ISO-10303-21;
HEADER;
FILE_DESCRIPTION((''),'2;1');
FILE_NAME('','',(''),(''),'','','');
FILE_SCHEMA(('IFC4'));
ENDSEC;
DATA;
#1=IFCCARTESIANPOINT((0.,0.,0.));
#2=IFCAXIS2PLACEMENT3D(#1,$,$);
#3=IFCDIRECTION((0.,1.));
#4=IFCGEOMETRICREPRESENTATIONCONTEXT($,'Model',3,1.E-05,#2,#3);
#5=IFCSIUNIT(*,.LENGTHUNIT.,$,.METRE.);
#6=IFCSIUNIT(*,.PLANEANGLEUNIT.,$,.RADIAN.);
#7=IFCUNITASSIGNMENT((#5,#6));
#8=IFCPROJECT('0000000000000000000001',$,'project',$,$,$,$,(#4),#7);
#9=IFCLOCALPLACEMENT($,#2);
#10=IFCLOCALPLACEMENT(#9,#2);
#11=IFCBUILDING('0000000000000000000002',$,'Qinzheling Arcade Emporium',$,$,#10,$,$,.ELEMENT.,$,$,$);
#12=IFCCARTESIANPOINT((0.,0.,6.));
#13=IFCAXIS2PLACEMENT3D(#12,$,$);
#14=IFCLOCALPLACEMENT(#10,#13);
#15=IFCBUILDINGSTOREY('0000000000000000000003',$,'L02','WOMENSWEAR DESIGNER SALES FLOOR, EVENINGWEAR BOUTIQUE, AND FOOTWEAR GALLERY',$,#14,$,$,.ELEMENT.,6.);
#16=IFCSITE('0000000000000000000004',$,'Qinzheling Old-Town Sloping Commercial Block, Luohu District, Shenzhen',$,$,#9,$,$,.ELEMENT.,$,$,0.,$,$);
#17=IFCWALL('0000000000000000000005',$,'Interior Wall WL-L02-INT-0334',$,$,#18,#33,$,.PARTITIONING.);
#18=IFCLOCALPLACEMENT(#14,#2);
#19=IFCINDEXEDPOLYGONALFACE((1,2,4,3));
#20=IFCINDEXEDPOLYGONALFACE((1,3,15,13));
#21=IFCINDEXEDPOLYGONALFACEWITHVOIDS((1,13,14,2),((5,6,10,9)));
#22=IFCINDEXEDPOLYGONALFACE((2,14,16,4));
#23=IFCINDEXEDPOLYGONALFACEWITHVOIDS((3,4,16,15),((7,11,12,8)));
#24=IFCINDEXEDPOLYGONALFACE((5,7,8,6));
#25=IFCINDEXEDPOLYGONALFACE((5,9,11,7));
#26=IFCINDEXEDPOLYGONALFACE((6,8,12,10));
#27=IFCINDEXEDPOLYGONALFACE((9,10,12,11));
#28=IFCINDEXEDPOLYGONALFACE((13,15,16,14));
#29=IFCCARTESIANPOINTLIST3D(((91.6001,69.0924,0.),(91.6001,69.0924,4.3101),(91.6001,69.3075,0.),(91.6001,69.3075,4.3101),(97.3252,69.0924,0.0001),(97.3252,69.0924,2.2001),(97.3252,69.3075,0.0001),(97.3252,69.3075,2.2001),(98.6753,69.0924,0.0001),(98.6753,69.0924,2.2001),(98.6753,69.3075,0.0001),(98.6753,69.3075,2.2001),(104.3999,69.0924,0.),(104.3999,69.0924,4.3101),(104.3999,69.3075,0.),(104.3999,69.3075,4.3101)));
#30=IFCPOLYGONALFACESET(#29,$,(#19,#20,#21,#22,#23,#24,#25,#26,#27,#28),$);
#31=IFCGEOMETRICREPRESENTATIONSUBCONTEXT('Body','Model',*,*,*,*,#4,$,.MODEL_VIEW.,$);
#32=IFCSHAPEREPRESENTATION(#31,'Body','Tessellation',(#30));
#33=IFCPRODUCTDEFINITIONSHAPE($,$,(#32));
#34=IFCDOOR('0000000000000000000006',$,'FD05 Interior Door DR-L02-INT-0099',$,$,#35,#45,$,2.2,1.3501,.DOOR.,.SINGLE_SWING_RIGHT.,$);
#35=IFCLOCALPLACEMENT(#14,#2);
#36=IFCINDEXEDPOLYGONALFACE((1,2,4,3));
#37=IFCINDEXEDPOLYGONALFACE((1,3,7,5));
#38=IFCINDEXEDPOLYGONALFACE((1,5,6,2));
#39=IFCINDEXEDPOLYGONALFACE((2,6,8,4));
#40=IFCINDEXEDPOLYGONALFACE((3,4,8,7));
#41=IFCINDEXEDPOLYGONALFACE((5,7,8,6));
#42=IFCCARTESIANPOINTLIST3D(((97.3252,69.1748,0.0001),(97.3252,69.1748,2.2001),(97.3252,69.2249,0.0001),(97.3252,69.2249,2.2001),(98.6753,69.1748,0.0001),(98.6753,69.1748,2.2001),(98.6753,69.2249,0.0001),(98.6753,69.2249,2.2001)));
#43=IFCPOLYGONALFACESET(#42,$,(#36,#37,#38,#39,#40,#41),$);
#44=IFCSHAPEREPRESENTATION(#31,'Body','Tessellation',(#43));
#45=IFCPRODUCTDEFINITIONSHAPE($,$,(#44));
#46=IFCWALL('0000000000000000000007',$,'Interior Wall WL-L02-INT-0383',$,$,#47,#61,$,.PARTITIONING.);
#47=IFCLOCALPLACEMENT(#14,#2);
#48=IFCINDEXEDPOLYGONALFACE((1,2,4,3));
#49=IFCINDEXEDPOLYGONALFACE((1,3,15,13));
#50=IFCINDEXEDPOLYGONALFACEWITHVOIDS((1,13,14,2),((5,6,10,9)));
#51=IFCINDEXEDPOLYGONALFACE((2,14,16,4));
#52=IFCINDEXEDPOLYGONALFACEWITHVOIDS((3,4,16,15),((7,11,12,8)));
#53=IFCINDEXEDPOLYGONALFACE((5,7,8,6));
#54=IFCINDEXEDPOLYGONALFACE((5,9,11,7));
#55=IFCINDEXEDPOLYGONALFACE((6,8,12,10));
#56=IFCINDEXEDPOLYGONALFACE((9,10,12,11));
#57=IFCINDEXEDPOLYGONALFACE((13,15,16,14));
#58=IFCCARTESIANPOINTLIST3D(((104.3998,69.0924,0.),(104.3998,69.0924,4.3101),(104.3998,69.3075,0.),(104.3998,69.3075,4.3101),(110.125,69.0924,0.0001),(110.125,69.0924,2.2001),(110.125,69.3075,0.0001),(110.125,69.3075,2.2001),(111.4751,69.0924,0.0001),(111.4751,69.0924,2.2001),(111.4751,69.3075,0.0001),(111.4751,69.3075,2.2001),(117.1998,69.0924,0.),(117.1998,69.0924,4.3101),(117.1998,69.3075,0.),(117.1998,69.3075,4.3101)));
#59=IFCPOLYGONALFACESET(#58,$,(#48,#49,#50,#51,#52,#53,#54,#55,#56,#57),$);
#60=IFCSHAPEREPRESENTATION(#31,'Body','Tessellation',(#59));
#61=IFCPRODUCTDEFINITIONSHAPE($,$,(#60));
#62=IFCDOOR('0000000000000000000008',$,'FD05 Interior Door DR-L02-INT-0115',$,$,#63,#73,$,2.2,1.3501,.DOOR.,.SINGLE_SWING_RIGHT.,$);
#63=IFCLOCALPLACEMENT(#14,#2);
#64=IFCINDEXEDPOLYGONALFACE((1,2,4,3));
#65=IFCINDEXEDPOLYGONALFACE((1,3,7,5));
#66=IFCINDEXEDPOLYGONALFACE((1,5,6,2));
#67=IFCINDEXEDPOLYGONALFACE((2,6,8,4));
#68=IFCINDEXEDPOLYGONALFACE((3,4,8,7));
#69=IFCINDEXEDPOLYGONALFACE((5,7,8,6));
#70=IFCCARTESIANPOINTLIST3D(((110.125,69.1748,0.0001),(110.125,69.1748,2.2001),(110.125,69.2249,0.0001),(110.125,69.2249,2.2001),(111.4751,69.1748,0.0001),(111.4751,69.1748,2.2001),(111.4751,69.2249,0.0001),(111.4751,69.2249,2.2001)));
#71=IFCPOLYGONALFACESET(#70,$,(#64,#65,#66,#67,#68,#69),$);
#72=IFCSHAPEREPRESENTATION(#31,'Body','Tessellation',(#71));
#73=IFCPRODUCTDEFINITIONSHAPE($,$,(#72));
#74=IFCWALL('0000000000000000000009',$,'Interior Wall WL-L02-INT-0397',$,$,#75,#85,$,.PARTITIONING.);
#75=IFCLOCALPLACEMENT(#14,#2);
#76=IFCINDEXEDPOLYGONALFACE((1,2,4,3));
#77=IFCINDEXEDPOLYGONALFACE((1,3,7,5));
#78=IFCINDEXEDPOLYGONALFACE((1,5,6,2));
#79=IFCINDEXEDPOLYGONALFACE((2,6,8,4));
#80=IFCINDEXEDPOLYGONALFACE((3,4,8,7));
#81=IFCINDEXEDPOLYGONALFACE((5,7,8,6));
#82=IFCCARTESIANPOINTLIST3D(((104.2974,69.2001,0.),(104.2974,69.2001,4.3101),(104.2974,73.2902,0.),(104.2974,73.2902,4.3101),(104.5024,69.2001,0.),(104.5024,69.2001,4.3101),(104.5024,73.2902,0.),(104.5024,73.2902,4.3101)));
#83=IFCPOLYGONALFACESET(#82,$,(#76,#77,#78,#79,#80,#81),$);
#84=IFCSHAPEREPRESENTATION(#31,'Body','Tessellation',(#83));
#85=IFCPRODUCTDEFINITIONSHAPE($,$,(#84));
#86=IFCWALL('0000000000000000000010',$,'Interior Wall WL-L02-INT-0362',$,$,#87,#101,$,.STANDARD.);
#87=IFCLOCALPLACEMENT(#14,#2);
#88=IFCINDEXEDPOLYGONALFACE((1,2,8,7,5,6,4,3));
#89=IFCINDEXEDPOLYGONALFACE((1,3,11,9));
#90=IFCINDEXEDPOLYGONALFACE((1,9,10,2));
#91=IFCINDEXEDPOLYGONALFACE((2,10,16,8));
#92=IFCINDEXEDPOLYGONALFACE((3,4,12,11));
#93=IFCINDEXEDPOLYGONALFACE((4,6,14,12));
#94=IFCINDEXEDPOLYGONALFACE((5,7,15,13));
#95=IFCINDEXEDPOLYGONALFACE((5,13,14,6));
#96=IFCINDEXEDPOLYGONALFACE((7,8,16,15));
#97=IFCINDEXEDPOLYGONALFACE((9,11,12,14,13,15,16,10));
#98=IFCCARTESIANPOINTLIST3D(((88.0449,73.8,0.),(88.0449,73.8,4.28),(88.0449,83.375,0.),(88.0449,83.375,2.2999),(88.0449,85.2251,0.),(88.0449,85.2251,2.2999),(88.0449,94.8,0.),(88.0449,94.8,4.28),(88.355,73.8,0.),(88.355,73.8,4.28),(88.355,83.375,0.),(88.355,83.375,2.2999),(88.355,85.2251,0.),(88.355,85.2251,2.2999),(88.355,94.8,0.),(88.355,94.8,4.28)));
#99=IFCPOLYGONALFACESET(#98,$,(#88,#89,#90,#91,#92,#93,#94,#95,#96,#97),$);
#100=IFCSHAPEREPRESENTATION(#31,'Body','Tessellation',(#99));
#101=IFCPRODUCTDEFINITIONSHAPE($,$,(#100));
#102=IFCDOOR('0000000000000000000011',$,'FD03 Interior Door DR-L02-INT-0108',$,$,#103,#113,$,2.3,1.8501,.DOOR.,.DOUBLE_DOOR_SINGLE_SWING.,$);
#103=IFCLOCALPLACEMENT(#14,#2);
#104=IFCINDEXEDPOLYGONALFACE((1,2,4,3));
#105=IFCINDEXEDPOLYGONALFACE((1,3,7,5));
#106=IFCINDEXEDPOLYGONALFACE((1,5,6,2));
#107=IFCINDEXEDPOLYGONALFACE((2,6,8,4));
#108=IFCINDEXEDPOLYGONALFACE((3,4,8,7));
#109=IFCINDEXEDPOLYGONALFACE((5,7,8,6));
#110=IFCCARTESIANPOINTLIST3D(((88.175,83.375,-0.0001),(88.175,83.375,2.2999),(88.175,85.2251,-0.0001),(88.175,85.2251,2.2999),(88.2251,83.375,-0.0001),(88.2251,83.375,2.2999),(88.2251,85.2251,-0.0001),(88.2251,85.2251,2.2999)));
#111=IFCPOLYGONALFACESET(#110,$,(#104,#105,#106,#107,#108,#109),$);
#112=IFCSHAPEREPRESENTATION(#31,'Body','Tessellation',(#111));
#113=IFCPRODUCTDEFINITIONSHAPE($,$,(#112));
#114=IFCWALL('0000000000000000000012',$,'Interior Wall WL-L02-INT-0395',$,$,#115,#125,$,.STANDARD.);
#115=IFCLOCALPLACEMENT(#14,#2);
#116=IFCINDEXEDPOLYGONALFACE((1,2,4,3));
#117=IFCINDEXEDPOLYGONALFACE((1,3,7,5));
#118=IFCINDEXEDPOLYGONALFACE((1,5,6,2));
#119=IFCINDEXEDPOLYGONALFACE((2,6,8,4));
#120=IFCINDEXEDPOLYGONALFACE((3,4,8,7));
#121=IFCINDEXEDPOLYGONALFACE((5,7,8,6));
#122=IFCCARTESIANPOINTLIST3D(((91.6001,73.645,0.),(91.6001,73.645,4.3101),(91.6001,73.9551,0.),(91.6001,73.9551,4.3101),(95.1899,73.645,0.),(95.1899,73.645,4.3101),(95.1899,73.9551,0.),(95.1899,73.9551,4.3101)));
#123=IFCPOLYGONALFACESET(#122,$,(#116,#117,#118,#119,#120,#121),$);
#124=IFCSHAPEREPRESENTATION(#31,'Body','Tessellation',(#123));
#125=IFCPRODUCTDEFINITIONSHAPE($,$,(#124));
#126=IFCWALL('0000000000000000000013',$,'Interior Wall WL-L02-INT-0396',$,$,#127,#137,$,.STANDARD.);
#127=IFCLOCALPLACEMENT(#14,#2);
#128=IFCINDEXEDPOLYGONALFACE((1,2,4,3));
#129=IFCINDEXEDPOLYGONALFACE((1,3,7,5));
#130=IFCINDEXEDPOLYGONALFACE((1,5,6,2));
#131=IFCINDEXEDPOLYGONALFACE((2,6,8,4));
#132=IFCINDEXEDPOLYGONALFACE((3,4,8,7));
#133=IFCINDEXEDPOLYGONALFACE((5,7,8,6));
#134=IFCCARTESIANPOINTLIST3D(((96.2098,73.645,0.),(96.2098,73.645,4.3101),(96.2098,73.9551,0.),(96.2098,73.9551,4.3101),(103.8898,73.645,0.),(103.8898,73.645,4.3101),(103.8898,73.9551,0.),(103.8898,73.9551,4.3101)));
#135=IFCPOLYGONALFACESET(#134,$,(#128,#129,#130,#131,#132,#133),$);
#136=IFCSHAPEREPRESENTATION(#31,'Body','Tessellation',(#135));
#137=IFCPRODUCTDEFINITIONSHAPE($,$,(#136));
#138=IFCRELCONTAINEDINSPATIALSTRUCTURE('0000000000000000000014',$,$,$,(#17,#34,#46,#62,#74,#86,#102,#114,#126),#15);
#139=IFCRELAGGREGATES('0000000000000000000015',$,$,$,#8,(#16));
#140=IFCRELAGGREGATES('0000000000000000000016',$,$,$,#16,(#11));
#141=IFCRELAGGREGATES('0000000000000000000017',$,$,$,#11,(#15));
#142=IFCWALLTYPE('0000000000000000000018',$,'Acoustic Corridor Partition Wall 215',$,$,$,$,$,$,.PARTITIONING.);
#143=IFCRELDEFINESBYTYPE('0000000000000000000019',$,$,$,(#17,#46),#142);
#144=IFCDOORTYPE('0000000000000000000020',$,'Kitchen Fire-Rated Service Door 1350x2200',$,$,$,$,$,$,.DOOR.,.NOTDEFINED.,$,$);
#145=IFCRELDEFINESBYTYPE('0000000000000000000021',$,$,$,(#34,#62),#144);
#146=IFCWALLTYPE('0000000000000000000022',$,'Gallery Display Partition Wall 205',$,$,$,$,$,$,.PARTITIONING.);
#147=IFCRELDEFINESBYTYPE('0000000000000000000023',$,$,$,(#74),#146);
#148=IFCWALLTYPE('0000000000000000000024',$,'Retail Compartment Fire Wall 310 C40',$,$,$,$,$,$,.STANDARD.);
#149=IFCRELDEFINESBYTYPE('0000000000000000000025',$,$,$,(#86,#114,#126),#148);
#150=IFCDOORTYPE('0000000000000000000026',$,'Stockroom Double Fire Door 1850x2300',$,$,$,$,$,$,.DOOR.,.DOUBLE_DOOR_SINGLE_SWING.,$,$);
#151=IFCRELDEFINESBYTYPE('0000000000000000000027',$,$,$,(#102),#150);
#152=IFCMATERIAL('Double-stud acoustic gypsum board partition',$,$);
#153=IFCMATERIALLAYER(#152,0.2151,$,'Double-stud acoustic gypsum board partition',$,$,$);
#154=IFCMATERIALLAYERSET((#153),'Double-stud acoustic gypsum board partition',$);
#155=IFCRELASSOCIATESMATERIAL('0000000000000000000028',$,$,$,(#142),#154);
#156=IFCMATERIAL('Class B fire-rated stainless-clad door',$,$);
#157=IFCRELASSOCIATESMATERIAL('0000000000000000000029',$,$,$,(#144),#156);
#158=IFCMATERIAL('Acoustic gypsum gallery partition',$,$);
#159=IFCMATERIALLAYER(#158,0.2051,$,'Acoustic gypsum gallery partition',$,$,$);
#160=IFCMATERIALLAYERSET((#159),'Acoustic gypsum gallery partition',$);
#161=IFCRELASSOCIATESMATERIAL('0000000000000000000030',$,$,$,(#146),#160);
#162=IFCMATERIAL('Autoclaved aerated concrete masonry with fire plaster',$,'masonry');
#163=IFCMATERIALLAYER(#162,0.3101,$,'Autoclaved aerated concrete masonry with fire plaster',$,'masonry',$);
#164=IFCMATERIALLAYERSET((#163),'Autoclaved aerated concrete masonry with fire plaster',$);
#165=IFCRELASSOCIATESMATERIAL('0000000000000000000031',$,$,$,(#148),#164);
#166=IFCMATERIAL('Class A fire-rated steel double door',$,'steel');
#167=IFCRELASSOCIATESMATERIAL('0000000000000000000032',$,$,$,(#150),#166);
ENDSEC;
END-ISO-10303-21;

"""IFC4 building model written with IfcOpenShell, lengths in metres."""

from ifc_helpers import new_model, si_unit, direction, frame, frame_2d, origin, place, context, subcontext, project, spatial, rectangle, extrude, material, layer, layer_set, type_object, element, fill, save


model = new_model("IFC4")

# Units and contexts
model_context = context("Model", 3, precision=1e-05, world=origin(), true_north=direction((0.0, 1.0)))
body_context = subcontext(model_context, "Body", "Model", "MODEL_VIEW")
ifc_project = project(units=[si_unit("LENGTHUNIT", "METRE"), si_unit("PLANEANGLEUNIT", "RADIAN")], contexts=[model_context])

# Site, building, storey
site_placement = place(None, origin())
site = spatial("IfcSite", under=ifc_project, at=site_placement, Name="Qinzheling Old-Town Sloping Commercial Block, Luohu District, Shenzhen", CompositionType="ELEMENT", RefElevation=0.0)
building_placement = place(site_placement, origin())
building = spatial("IfcBuilding", under=site, at=building_placement, Name="Qinzheling Arcade Emporium", CompositionType="ELEMENT")
storey_placement = place(building_placement, frame((0.0, 0.0, 6.0)))
storey = spatial("IfcBuildingStorey", under=building, at=storey_placement, Name="L02", Description="WOMENSWEAR DESIGNER SALES FLOOR, EVENINGWEAR BOUTIQUE, AND FOOTWEAR GALLERY", CompositionType="ELEMENT", Elevation=6.0)

# Shared definitions
ifc_material_1 = material(Name="Double-stud acoustic gypsum board partition")
ifc_layer_1 = layer(ifc_material_1, 0.2151, Name="Double-stud acoustic gypsum board partition")
ifc_layer_set_1 = layer_set([ifc_layer_1], Name="Double-stud acoustic gypsum board partition")
wall_type_1 = type_object("IfcWallType", Name="Acoustic Corridor Partition Wall 215", PredefinedType="PARTITIONING", material=ifc_layer_set_1)

# Walls, openings, doors
wall_1_placement = place(storey_placement, frame((91.6001, 69.2, 0.0), z_axis=(0.0, 0.0, 1.0), x_axis=(1.0, 0.0, 0.0)))
wall_1 = element("IfcWall", 1, at=wall_1_placement, inside=storey, type_object=wall_type_1, Name="Interior Wall WL-L02-INT-0334", PredefinedType="PARTITIONING", context=body_context, shape_type="SweptSolid", body=[
    extrude(rectangle(XDim=12.7998, YDim=0.2151, at=frame_2d((6.3999, 0.0))), origin(), (0.0, 0.0, 1.0), 4.3101),
])
opening_1_placement = place(wall_1_placement, frame((5.7251, 0.0, 0.0)))
opening_1 = element("IfcOpeningElement", 2, at=opening_1_placement, cuts=wall_1, PredefinedType="OPENING", context=body_context, shape_type="SweptSolid", body=[
    extrude(rectangle(XDim=1.3501, YDim=2.2, at=frame_2d((0.675, 1.1001))), frame((0.0, 0.1177, 0.0), z_axis=(0.0, -1.0, 0.0), x_axis=(1.0, 0.0, 0.0)), (0.0, 0.0, 1.0), 0.2351),
])
ifc_material_2 = material(Name="Class B fire-rated stainless-clad door")
door_type_1 = type_object("IfcDoorType", Name="Kitchen Fire-Rated Service Door 1350x2200", OperationType="NOTDEFINED", PredefinedType="DOOR", material=ifc_material_2)
door_1_placement = place(opening_1_placement, origin())
door_1 = element("IfcDoor", 3, at=door_1_placement, inside=storey, type_object=door_type_1, Name="FD05 Interior Door DR-L02-INT-0099", OperationType="SINGLE_SWING_RIGHT", OverallHeight=2.2, OverallWidth=1.3501, PredefinedType="DOOR", context=body_context, shape_type="SweptSolid", body=[
    extrude(rectangle(XDim=1.3501, YDim=2.2, at=frame_2d((0.675, 1.1001))), frame((0.0, 0.0249, 0.0), z_axis=(0.0, -1.0, 0.0), x_axis=(1.0, 0.0, 0.0)), (0.0, 0.0, 1.0), 0.05),
])
fill(opening_1, door_1)
wall_2_placement = place(storey_placement, frame((104.3999, 69.2, 0.0), z_axis=(0.0, 0.0, 1.0), x_axis=(1.0, 0.0, 0.0)))
wall_2 = element("IfcWall", 4, at=wall_2_placement, inside=storey, type_object=wall_type_1, Name="Interior Wall WL-L02-INT-0383", PredefinedType="PARTITIONING", context=body_context, shape_type="SweptSolid", body=[
    extrude(rectangle(XDim=12.8, YDim=0.2151, at=frame_2d((6.3999, 0.0))), origin(), (0.0, 0.0, 1.0), 4.3101),
])
opening_2_placement = place(wall_2_placement, frame((5.7251, 0.0, 0.0)))
opening_2 = element("IfcOpeningElement", 5, at=opening_2_placement, cuts=wall_2, PredefinedType="OPENING", context=body_context, shape_type="SweptSolid", body=[
    extrude(rectangle(XDim=1.3501, YDim=2.2, at=frame_2d((0.675, 1.1001))), frame((0.0, 0.1177, 0.0), z_axis=(0.0, -1.0, 0.0), x_axis=(1.0, 0.0, 0.0)), (0.0, 0.0, 1.0), 0.2351),
])
door_2_placement = place(opening_2_placement, origin())
door_2 = element("IfcDoor", 6, at=door_2_placement, inside=storey, type_object=door_type_1, Name="FD05 Interior Door DR-L02-INT-0115", OperationType="SINGLE_SWING_RIGHT", OverallHeight=2.2, OverallWidth=1.3501, PredefinedType="DOOR", context=body_context, shape_type="SweptSolid", body=[
    extrude(rectangle(XDim=1.3501, YDim=2.2, at=frame_2d((0.675, 1.1001))), frame((0.0, 0.0249, 0.0), z_axis=(0.0, -1.0, 0.0), x_axis=(1.0, 0.0, 0.0)), (0.0, 0.0, 1.0), 0.05),
])
fill(opening_2, door_2)

# Wall
ifc_material_3 = material(Name="Acoustic gypsum gallery partition")
ifc_layer_2 = layer(ifc_material_3, 0.2051, Name="Acoustic gypsum gallery partition")
ifc_layer_set_2 = layer_set([ifc_layer_2], Name="Acoustic gypsum gallery partition")
wall_type_2 = type_object("IfcWallType", Name="Gallery Display Partition Wall 205", PredefinedType="PARTITIONING", material=ifc_layer_set_2)
wall_3_placement = place(storey_placement, frame((104.3999, 73.29, 0.0), z_axis=(0.0, 0.0, 1.0), x_axis=(0.0, -1.0, 0.0)))
element("IfcWall", 7, at=wall_3_placement, inside=storey, type_object=wall_type_2, Name="Interior Wall WL-L02-INT-0397", PredefinedType="PARTITIONING", context=body_context, shape_type="SweptSolid", body=[
    extrude(rectangle(XDim=4.0901, YDim=0.2051, at=frame_2d((2.0449, 0.0))), origin(), (0.0, 0.0, 1.0), 4.3101),
])

# Wall, opening, door
ifc_material_4 = material(Name="Autoclaved aerated concrete masonry with fire plaster", Category="masonry")
ifc_layer_3 = layer(ifc_material_4, 0.3101, Name="Autoclaved aerated concrete masonry with fire plaster", Category="masonry")
ifc_layer_set_3 = layer_set([ifc_layer_3], Name="Autoclaved aerated concrete masonry with fire plaster")
wall_type_3 = type_object("IfcWallType", Name="Retail Compartment Fire Wall 310 C40", PredefinedType="STANDARD", material=ifc_layer_set_3)
wall_4_placement = place(storey_placement, frame((88.2, 73.8, 0.0), z_axis=(0.0, 0.0, 1.0), x_axis=(0.0, 1.0, 0.0)))
wall_4 = element("IfcWall", 8, at=wall_4_placement, inside=storey, type_object=wall_type_3, Name="Interior Wall WL-L02-INT-0362", PredefinedType="STANDARD", context=body_context, shape_type="SweptSolid", body=[
    extrude(rectangle(XDim=21.0, YDim=0.3101, at=frame_2d((10.5, 0.0))), origin(), (0.0, 0.0, 1.0), 4.28),
])
opening_3_placement = place(wall_4_placement, frame((9.575, 0.0, 0.0)))
opening_3 = element("IfcOpeningElement", 9, at=opening_3_placement, cuts=wall_4, PredefinedType="OPENING", context=body_context, shape_type="SweptSolid", body=[
    extrude(rectangle(XDim=1.8501, YDim=2.3, at=frame_2d((0.925, 1.1499))), frame((0.0, 0.165, 0.0), z_axis=(0.0, -1.0, 0.0), x_axis=(1.0, 0.0, 0.0)), (0.0, 0.0, 1.0), 0.3301),
])
ifc_material_5 = material(Name="Class A fire-rated steel double door", Category="steel")
door_type_2 = type_object("IfcDoorType", Name="Stockroom Double Fire Door 1850x2300", OperationType="DOUBLE_DOOR_SINGLE_SWING", PredefinedType="DOOR", material=ifc_material_5)
door_3_placement = place(opening_3_placement, origin())
door_3 = element("IfcDoor", 10, at=door_3_placement, inside=storey, type_object=door_type_2, Name="FD03 Interior Door DR-L02-INT-0108", OperationType="DOUBLE_DOOR_SINGLE_SWING", OverallHeight=2.3, OverallWidth=1.8501, PredefinedType="DOOR", context=body_context, shape_type="SweptSolid", body=[
    extrude(rectangle(XDim=1.8501, YDim=2.3, at=frame_2d((0.925, 1.1499))), frame((0.0, 0.0249, 0.0), z_axis=(0.0, -1.0, 0.0), x_axis=(1.0, 0.0, 0.0)), (0.0, 0.0, 1.0), 0.05),
])
fill(opening_3, door_3)

# Walls
wall_5_placement = place(storey_placement, frame((91.6001, 73.8, 0.0), z_axis=(0.0, 0.0, 1.0), x_axis=(1.0, 0.0, 0.0)))
element("IfcWall", 11, at=wall_5_placement, inside=storey, type_object=wall_type_3, Name="Interior Wall WL-L02-INT-0395", PredefinedType="STANDARD", context=body_context, shape_type="SweptSolid", body=[
    extrude(rectangle(XDim=3.5898, YDim=0.3101, at=frame_2d((1.7949, 0.0))), origin(), (0.0, 0.0, 1.0), 4.3101),
])
wall_6_placement = place(storey_placement, frame((96.21, 73.8, 0.0), z_axis=(0.0, 0.0, 1.0), x_axis=(1.0, 0.0, 0.0)))
element("IfcWall", 12, at=wall_6_placement, inside=storey, type_object=wall_type_3, Name="Interior Wall WL-L02-INT-0396", PredefinedType="STANDARD", context=body_context, shape_type="SweptSolid", body=[
    extrude(rectangle(XDim=7.6799, YDim=0.3101, at=frame_2d((3.8398, 0.0))), origin(), (0.0, 0.0, 1.0), 4.3101),
])

save(model, "model.ifc")
